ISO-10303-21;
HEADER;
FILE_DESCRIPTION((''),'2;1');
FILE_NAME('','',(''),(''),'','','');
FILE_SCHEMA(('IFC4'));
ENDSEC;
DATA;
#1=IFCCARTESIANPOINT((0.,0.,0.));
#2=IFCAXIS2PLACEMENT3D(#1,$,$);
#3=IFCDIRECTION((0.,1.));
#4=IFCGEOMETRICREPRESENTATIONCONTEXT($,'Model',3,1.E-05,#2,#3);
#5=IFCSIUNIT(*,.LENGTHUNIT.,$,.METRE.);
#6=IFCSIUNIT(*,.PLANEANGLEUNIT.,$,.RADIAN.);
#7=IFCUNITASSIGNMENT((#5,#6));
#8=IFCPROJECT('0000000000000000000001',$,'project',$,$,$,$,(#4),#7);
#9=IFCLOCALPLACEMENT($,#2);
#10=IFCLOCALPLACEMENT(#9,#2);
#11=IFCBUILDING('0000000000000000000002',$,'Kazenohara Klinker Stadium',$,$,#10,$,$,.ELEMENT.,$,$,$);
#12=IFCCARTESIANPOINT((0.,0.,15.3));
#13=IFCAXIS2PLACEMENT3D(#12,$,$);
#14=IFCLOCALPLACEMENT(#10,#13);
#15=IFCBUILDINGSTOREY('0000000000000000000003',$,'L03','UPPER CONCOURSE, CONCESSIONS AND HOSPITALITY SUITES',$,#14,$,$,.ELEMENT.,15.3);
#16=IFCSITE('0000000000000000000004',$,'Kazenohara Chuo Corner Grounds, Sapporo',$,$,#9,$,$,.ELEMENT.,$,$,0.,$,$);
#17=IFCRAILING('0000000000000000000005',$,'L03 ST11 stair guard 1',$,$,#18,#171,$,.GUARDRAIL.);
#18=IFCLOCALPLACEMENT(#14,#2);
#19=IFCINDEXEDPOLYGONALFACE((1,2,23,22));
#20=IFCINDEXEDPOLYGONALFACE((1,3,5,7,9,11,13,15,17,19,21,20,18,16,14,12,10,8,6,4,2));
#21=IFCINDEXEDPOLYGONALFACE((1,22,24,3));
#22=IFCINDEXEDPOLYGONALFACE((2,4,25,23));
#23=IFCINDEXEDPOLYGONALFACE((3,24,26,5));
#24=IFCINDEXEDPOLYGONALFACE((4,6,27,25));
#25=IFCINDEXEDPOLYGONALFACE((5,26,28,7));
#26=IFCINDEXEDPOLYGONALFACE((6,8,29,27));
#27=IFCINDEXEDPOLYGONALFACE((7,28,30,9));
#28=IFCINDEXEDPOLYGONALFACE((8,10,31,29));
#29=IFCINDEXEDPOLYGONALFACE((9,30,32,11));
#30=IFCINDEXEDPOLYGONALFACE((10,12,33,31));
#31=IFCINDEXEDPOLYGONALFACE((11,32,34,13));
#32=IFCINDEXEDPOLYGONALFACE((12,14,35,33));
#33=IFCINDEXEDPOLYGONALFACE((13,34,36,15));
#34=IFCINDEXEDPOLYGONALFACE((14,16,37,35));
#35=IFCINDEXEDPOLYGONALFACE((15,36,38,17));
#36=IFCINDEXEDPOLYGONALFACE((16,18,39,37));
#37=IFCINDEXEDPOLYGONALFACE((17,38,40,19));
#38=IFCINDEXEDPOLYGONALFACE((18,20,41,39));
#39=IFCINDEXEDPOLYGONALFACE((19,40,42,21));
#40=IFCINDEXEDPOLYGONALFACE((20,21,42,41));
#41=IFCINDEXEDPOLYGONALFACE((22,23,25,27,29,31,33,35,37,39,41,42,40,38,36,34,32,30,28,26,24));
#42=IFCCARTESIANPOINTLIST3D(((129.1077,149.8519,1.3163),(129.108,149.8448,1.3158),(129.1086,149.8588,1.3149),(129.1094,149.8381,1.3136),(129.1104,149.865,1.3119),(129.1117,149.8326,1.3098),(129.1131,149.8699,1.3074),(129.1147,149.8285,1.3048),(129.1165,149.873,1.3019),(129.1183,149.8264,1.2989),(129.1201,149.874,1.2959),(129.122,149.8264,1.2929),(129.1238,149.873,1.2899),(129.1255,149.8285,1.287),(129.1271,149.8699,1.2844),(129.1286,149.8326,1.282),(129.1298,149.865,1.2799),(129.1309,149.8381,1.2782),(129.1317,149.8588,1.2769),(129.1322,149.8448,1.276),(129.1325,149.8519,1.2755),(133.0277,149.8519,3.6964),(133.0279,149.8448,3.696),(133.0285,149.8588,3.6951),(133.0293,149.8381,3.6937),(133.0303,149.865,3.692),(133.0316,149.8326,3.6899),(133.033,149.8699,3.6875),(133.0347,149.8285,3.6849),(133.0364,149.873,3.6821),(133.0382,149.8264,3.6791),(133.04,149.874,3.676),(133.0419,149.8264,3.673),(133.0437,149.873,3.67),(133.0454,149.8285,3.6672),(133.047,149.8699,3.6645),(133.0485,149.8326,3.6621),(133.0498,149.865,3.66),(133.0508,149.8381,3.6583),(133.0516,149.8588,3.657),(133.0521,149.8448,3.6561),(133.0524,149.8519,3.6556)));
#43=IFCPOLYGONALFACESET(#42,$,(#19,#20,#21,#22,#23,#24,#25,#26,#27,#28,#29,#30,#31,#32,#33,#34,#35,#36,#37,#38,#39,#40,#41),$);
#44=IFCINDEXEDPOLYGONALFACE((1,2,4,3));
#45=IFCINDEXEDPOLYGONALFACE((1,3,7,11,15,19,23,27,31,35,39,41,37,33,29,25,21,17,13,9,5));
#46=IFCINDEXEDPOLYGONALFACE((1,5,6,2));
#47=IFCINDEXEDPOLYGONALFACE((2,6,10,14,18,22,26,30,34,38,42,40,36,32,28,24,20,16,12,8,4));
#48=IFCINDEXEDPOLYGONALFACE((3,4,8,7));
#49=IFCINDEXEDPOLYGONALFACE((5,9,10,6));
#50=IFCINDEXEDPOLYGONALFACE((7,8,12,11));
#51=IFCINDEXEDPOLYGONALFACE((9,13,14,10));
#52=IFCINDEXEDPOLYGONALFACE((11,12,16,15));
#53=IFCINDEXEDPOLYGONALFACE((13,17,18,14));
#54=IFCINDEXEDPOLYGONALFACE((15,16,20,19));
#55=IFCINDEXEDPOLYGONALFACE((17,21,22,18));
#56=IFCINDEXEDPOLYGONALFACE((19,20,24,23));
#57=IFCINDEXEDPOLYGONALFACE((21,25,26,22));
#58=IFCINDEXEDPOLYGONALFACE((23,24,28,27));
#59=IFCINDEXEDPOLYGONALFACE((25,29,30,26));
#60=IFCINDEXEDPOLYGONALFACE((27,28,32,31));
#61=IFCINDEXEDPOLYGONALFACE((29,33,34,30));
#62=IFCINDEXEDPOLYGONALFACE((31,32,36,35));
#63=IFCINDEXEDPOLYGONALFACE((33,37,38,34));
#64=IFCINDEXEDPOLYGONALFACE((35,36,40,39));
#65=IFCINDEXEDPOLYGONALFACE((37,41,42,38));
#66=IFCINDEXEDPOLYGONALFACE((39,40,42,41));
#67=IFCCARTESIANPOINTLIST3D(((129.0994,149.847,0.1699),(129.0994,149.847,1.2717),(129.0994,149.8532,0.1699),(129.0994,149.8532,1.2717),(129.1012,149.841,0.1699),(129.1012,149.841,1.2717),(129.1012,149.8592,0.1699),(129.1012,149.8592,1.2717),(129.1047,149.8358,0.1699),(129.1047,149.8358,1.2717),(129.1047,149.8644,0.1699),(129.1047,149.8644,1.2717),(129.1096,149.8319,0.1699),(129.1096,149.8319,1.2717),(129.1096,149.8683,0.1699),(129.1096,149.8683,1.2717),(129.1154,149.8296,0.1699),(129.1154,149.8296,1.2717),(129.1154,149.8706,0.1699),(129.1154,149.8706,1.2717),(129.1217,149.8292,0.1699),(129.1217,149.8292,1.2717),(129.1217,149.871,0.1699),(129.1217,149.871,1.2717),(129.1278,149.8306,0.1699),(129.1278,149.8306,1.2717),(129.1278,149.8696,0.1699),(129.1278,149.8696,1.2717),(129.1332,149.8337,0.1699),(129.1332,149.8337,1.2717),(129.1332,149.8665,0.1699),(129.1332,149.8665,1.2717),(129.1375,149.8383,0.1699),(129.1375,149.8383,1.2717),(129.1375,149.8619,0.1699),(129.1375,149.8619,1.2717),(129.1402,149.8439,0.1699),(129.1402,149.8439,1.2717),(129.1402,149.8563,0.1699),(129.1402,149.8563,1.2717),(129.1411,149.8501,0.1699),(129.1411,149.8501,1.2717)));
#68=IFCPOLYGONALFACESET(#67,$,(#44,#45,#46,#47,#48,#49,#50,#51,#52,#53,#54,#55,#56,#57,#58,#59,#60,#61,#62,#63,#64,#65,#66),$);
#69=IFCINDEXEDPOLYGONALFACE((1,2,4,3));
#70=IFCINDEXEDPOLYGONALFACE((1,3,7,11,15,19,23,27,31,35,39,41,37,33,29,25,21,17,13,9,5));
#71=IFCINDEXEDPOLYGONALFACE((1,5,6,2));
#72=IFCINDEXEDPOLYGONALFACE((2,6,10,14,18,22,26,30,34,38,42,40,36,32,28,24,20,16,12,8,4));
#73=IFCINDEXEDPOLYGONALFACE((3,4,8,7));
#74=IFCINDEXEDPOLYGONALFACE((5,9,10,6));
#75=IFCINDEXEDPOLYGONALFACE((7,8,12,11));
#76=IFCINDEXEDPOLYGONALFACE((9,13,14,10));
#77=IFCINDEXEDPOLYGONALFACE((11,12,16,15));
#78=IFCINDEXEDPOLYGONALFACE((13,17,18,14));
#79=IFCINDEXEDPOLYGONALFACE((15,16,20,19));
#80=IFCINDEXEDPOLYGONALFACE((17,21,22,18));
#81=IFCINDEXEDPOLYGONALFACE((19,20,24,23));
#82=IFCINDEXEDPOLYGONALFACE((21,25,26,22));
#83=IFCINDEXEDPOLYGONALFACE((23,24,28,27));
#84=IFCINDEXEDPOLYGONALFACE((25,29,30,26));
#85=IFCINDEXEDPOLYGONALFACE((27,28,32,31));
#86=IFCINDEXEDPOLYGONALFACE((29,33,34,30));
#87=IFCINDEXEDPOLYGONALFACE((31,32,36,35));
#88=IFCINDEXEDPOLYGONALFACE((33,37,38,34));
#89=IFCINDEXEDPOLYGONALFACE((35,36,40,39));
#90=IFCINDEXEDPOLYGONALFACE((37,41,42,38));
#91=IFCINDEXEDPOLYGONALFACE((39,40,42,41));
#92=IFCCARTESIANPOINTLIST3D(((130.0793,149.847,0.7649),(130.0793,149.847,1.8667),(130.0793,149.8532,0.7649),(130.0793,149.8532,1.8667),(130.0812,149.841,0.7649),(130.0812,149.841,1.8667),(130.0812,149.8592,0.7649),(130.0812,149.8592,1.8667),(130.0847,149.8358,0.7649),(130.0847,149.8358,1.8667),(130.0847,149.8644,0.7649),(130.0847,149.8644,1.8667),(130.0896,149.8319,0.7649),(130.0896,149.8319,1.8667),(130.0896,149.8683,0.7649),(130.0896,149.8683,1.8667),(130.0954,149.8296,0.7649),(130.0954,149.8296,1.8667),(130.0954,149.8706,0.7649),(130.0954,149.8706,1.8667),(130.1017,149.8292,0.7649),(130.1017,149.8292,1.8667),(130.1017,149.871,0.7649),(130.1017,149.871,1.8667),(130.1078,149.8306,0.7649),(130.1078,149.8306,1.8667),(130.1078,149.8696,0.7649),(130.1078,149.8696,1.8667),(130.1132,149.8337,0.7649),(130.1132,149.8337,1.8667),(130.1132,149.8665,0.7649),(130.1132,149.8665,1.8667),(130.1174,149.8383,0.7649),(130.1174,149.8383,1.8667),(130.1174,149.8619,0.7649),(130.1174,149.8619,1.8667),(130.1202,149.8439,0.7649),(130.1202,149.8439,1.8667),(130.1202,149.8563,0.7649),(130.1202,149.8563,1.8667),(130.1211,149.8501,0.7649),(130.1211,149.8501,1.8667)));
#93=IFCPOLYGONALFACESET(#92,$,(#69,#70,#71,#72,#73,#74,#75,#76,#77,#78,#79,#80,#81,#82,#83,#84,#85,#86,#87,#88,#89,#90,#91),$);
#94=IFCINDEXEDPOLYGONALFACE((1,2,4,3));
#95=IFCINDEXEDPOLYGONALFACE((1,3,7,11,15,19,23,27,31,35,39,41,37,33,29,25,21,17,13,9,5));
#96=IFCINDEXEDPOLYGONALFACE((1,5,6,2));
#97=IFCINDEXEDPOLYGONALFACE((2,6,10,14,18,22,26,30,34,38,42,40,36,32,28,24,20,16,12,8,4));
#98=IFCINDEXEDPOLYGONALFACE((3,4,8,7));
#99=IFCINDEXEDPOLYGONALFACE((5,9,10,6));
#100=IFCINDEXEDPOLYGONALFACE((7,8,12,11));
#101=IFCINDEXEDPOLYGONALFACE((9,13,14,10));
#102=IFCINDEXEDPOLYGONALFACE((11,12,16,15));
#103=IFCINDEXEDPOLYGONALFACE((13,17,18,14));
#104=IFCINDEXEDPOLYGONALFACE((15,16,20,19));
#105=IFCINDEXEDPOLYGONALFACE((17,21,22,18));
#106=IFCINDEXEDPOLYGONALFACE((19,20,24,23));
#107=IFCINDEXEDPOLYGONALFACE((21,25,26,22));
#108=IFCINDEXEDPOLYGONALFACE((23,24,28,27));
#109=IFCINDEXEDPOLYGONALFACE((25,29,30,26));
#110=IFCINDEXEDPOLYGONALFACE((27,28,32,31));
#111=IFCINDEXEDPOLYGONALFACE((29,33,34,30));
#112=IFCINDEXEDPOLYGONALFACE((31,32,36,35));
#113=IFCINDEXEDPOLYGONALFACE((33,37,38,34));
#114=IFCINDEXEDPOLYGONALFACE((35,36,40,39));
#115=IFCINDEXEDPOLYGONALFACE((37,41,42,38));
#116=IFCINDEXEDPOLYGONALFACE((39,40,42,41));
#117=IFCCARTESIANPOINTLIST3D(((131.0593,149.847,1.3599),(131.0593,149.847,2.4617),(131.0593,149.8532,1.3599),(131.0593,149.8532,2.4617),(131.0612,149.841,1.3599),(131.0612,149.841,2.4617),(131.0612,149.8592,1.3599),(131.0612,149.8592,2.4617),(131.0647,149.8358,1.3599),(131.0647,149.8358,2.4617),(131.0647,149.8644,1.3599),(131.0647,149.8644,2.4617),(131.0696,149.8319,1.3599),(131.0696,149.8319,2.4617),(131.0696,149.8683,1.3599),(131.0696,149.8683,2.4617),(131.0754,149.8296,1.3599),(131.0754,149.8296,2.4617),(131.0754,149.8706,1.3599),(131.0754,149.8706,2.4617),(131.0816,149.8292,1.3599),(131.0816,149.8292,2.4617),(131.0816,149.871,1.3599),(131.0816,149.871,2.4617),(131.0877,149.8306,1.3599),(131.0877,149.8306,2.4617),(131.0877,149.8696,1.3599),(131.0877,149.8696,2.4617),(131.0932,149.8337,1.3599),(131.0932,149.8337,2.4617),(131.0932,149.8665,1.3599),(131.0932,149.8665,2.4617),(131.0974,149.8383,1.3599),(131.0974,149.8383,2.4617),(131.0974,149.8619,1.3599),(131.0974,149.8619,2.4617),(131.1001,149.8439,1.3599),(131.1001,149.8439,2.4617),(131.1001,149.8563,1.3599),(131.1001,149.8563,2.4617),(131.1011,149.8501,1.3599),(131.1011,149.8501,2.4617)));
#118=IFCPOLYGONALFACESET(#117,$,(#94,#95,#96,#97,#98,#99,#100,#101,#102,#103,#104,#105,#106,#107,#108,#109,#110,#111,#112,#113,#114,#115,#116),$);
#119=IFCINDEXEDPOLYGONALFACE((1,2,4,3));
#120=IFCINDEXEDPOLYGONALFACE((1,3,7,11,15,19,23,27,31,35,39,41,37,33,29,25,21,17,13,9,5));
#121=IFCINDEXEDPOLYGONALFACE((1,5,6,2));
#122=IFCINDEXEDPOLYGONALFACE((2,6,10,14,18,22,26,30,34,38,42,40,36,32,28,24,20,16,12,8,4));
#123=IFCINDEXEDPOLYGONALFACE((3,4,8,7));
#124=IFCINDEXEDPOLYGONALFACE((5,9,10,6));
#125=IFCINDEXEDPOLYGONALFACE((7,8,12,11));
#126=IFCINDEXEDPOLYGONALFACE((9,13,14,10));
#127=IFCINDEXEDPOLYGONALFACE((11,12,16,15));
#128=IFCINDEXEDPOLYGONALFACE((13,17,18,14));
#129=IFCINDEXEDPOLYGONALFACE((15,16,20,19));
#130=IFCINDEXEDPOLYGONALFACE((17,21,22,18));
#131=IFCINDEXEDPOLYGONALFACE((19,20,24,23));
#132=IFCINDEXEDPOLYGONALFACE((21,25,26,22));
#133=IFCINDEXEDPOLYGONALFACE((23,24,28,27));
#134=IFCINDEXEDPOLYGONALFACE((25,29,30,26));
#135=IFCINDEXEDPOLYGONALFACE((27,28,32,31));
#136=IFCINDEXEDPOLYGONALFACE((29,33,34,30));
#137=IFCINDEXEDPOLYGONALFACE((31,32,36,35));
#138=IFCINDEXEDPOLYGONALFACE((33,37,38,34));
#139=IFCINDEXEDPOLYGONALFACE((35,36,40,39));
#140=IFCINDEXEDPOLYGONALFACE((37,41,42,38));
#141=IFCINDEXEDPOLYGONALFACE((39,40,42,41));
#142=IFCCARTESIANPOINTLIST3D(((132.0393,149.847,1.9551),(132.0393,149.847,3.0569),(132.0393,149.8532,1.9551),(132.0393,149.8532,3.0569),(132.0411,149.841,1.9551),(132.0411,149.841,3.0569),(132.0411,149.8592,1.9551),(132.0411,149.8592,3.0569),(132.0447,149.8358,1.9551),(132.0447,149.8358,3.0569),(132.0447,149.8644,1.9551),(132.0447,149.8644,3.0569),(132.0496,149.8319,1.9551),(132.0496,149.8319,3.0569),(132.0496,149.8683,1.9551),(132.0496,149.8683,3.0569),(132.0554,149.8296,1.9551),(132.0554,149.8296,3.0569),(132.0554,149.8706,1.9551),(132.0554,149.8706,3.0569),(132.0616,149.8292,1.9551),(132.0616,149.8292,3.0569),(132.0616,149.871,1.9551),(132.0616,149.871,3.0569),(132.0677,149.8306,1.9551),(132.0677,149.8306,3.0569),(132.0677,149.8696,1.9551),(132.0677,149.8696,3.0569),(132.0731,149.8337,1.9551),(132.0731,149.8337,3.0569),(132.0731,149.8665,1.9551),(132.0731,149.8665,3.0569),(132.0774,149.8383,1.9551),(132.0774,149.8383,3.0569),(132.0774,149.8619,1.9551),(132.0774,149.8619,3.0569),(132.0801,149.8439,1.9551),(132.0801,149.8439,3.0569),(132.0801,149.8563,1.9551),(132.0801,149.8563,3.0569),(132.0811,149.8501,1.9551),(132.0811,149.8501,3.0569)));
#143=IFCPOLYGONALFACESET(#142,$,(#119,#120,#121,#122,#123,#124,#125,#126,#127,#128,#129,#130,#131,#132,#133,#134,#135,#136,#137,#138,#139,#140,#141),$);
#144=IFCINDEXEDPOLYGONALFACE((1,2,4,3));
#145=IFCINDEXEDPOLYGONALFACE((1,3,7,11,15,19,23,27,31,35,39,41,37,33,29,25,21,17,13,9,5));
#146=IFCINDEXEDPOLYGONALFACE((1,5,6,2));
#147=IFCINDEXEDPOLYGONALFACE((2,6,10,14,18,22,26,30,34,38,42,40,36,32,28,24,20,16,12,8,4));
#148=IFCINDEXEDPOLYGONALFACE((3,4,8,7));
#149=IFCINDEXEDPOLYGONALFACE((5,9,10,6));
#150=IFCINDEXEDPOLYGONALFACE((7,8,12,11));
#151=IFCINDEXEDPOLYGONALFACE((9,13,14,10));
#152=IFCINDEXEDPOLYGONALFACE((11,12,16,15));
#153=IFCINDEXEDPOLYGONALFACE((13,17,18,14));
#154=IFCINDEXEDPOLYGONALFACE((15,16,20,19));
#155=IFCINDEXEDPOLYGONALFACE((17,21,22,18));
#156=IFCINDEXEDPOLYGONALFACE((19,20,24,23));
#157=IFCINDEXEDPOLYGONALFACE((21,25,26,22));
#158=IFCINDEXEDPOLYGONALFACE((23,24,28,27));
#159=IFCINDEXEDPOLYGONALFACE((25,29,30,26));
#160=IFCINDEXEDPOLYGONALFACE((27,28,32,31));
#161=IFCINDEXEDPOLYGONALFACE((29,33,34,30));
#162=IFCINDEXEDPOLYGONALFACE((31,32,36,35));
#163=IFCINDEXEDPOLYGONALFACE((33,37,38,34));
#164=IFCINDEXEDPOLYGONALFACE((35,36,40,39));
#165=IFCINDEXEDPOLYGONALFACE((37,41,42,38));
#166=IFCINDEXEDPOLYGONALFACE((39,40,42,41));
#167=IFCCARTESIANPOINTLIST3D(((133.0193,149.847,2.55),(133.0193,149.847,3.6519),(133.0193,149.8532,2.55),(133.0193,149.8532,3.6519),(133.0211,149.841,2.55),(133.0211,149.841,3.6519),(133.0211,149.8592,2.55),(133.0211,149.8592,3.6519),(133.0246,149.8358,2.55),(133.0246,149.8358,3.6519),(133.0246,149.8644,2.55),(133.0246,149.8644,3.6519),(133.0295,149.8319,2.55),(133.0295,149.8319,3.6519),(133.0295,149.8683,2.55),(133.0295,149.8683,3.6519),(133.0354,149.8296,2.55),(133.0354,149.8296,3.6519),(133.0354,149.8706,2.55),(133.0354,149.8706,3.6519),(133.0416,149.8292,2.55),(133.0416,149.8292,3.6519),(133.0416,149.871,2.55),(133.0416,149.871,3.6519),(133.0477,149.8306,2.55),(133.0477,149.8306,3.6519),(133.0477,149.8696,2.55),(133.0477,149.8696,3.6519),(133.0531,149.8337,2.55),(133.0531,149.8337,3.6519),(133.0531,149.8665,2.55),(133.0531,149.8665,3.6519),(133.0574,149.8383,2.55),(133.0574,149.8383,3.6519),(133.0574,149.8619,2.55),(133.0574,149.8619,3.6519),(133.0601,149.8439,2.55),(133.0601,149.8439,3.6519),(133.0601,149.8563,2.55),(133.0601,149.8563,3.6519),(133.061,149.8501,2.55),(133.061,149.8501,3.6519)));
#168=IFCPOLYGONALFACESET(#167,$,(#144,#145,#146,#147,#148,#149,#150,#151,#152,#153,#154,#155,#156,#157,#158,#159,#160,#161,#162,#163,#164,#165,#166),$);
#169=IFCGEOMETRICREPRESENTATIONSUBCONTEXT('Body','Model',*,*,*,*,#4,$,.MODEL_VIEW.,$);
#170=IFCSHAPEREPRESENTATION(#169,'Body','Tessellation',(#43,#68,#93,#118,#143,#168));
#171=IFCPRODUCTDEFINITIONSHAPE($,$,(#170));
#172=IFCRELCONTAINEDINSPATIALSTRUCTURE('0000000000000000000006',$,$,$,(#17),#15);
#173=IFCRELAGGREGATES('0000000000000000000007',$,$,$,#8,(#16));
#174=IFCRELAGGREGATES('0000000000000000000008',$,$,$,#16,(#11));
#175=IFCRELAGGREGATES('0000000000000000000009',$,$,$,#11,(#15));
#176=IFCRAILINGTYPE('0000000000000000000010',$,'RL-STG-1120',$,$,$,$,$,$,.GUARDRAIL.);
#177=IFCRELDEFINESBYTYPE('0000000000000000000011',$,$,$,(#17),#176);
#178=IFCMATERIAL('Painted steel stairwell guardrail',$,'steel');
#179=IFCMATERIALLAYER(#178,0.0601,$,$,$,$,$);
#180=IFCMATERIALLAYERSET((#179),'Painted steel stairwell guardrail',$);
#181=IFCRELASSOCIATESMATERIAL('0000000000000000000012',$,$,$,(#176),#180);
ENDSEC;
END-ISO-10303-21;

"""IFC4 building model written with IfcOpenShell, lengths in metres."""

from ifc_helpers import new_model, si_unit, direction, frame, origin, origin_2d, place, context, subcontext, project, spatial, circle, extrude, material, layer, layer_set, type_object, element, save


model = new_model("IFC4")

# Units and contexts
model_context = context("Model", 3, precision=1e-05, world=origin(), true_north=direction((0.0, 1.0)))
body_context = subcontext(model_context, "Body", "Model", "MODEL_VIEW")
ifc_project = project(units=[si_unit("LENGTHUNIT", "METRE"), si_unit("PLANEANGLEUNIT", "RADIAN")], contexts=[model_context])

# Site, building, storey
site_placement = place(None, origin())
site = spatial("IfcSite", under=ifc_project, at=site_placement, Name="Kazenohara Chuo Corner Grounds, Sapporo", CompositionType="ELEMENT", RefElevation=0.0)
building_placement = place(site_placement, origin())
building = spatial("IfcBuilding", under=site, at=building_placement, Name="Kazenohara Klinker Stadium", CompositionType="ELEMENT")
storey_placement = place(building_placement, frame((0.0, 0.0, 15.3)))
storey = spatial("IfcBuildingStorey", under=building, at=storey_placement, Name="L03", Description="UPPER CONCOURSE, CONCESSIONS AND HOSPITALITY SUITES", CompositionType="ELEMENT", Elevation=15.3)

# Railing
ifc_material_1 = material(Name="Painted steel stairwell guardrail", Category="steel")
ifc_layer_1 = layer(ifc_material_1, 0.0601)
ifc_layer_set_1 = layer_set([ifc_layer_1], Name="Painted steel stairwell guardrail")
railing_type_1 = type_object("IfcRailingType", Name="RL-STG-1120", PredefinedType="GUARDRAIL", material=ifc_layer_set_1)
railing_1_placement = place(storey_placement, frame((129.1201, 149.8501, 0.1699)))
element("IfcRailing", 1, at=railing_1_placement, inside=storey, type_object=railing_type_1, Name="L03 ST11 stair guard 1", PredefinedType="GUARDRAIL", context=body_context, shape_type="SweptSolid", body=[
    extrude(circle(Radius=0.0239, at=origin_2d()), frame((0.0, 0.0, 1.126), z_axis=(0.854771, 0.0, 0.519006), x_axis=(0.0, 1.0, 0.0)), (0.0, 0.0, 1.0), 4.5859),
    extrude(circle(Radius=0.021, at=origin_2d()), origin(), (0.0, 0.0, 1.0), 1.1018),
    extrude(circle(Radius=0.021, at=origin_2d()), frame((0.98, 0.0, 0.595)), (0.0, 0.0, 1.0), 1.1018),
    extrude(circle(Radius=0.021, at=origin_2d()), frame((1.96, 0.0, 1.1899)), (0.0, 0.0, 1.0), 1.1018),
    extrude(circle(Radius=0.021, at=origin_2d()), frame((2.9399, 0.0, 1.7852)), (0.0, 0.0, 1.0), 1.1018),
    extrude(circle(Radius=0.021, at=origin_2d()), frame((3.9199, 0.0, 2.3801)), (0.0, 0.0, 1.0), 1.1018),
])

save(model, "model.ifc")
